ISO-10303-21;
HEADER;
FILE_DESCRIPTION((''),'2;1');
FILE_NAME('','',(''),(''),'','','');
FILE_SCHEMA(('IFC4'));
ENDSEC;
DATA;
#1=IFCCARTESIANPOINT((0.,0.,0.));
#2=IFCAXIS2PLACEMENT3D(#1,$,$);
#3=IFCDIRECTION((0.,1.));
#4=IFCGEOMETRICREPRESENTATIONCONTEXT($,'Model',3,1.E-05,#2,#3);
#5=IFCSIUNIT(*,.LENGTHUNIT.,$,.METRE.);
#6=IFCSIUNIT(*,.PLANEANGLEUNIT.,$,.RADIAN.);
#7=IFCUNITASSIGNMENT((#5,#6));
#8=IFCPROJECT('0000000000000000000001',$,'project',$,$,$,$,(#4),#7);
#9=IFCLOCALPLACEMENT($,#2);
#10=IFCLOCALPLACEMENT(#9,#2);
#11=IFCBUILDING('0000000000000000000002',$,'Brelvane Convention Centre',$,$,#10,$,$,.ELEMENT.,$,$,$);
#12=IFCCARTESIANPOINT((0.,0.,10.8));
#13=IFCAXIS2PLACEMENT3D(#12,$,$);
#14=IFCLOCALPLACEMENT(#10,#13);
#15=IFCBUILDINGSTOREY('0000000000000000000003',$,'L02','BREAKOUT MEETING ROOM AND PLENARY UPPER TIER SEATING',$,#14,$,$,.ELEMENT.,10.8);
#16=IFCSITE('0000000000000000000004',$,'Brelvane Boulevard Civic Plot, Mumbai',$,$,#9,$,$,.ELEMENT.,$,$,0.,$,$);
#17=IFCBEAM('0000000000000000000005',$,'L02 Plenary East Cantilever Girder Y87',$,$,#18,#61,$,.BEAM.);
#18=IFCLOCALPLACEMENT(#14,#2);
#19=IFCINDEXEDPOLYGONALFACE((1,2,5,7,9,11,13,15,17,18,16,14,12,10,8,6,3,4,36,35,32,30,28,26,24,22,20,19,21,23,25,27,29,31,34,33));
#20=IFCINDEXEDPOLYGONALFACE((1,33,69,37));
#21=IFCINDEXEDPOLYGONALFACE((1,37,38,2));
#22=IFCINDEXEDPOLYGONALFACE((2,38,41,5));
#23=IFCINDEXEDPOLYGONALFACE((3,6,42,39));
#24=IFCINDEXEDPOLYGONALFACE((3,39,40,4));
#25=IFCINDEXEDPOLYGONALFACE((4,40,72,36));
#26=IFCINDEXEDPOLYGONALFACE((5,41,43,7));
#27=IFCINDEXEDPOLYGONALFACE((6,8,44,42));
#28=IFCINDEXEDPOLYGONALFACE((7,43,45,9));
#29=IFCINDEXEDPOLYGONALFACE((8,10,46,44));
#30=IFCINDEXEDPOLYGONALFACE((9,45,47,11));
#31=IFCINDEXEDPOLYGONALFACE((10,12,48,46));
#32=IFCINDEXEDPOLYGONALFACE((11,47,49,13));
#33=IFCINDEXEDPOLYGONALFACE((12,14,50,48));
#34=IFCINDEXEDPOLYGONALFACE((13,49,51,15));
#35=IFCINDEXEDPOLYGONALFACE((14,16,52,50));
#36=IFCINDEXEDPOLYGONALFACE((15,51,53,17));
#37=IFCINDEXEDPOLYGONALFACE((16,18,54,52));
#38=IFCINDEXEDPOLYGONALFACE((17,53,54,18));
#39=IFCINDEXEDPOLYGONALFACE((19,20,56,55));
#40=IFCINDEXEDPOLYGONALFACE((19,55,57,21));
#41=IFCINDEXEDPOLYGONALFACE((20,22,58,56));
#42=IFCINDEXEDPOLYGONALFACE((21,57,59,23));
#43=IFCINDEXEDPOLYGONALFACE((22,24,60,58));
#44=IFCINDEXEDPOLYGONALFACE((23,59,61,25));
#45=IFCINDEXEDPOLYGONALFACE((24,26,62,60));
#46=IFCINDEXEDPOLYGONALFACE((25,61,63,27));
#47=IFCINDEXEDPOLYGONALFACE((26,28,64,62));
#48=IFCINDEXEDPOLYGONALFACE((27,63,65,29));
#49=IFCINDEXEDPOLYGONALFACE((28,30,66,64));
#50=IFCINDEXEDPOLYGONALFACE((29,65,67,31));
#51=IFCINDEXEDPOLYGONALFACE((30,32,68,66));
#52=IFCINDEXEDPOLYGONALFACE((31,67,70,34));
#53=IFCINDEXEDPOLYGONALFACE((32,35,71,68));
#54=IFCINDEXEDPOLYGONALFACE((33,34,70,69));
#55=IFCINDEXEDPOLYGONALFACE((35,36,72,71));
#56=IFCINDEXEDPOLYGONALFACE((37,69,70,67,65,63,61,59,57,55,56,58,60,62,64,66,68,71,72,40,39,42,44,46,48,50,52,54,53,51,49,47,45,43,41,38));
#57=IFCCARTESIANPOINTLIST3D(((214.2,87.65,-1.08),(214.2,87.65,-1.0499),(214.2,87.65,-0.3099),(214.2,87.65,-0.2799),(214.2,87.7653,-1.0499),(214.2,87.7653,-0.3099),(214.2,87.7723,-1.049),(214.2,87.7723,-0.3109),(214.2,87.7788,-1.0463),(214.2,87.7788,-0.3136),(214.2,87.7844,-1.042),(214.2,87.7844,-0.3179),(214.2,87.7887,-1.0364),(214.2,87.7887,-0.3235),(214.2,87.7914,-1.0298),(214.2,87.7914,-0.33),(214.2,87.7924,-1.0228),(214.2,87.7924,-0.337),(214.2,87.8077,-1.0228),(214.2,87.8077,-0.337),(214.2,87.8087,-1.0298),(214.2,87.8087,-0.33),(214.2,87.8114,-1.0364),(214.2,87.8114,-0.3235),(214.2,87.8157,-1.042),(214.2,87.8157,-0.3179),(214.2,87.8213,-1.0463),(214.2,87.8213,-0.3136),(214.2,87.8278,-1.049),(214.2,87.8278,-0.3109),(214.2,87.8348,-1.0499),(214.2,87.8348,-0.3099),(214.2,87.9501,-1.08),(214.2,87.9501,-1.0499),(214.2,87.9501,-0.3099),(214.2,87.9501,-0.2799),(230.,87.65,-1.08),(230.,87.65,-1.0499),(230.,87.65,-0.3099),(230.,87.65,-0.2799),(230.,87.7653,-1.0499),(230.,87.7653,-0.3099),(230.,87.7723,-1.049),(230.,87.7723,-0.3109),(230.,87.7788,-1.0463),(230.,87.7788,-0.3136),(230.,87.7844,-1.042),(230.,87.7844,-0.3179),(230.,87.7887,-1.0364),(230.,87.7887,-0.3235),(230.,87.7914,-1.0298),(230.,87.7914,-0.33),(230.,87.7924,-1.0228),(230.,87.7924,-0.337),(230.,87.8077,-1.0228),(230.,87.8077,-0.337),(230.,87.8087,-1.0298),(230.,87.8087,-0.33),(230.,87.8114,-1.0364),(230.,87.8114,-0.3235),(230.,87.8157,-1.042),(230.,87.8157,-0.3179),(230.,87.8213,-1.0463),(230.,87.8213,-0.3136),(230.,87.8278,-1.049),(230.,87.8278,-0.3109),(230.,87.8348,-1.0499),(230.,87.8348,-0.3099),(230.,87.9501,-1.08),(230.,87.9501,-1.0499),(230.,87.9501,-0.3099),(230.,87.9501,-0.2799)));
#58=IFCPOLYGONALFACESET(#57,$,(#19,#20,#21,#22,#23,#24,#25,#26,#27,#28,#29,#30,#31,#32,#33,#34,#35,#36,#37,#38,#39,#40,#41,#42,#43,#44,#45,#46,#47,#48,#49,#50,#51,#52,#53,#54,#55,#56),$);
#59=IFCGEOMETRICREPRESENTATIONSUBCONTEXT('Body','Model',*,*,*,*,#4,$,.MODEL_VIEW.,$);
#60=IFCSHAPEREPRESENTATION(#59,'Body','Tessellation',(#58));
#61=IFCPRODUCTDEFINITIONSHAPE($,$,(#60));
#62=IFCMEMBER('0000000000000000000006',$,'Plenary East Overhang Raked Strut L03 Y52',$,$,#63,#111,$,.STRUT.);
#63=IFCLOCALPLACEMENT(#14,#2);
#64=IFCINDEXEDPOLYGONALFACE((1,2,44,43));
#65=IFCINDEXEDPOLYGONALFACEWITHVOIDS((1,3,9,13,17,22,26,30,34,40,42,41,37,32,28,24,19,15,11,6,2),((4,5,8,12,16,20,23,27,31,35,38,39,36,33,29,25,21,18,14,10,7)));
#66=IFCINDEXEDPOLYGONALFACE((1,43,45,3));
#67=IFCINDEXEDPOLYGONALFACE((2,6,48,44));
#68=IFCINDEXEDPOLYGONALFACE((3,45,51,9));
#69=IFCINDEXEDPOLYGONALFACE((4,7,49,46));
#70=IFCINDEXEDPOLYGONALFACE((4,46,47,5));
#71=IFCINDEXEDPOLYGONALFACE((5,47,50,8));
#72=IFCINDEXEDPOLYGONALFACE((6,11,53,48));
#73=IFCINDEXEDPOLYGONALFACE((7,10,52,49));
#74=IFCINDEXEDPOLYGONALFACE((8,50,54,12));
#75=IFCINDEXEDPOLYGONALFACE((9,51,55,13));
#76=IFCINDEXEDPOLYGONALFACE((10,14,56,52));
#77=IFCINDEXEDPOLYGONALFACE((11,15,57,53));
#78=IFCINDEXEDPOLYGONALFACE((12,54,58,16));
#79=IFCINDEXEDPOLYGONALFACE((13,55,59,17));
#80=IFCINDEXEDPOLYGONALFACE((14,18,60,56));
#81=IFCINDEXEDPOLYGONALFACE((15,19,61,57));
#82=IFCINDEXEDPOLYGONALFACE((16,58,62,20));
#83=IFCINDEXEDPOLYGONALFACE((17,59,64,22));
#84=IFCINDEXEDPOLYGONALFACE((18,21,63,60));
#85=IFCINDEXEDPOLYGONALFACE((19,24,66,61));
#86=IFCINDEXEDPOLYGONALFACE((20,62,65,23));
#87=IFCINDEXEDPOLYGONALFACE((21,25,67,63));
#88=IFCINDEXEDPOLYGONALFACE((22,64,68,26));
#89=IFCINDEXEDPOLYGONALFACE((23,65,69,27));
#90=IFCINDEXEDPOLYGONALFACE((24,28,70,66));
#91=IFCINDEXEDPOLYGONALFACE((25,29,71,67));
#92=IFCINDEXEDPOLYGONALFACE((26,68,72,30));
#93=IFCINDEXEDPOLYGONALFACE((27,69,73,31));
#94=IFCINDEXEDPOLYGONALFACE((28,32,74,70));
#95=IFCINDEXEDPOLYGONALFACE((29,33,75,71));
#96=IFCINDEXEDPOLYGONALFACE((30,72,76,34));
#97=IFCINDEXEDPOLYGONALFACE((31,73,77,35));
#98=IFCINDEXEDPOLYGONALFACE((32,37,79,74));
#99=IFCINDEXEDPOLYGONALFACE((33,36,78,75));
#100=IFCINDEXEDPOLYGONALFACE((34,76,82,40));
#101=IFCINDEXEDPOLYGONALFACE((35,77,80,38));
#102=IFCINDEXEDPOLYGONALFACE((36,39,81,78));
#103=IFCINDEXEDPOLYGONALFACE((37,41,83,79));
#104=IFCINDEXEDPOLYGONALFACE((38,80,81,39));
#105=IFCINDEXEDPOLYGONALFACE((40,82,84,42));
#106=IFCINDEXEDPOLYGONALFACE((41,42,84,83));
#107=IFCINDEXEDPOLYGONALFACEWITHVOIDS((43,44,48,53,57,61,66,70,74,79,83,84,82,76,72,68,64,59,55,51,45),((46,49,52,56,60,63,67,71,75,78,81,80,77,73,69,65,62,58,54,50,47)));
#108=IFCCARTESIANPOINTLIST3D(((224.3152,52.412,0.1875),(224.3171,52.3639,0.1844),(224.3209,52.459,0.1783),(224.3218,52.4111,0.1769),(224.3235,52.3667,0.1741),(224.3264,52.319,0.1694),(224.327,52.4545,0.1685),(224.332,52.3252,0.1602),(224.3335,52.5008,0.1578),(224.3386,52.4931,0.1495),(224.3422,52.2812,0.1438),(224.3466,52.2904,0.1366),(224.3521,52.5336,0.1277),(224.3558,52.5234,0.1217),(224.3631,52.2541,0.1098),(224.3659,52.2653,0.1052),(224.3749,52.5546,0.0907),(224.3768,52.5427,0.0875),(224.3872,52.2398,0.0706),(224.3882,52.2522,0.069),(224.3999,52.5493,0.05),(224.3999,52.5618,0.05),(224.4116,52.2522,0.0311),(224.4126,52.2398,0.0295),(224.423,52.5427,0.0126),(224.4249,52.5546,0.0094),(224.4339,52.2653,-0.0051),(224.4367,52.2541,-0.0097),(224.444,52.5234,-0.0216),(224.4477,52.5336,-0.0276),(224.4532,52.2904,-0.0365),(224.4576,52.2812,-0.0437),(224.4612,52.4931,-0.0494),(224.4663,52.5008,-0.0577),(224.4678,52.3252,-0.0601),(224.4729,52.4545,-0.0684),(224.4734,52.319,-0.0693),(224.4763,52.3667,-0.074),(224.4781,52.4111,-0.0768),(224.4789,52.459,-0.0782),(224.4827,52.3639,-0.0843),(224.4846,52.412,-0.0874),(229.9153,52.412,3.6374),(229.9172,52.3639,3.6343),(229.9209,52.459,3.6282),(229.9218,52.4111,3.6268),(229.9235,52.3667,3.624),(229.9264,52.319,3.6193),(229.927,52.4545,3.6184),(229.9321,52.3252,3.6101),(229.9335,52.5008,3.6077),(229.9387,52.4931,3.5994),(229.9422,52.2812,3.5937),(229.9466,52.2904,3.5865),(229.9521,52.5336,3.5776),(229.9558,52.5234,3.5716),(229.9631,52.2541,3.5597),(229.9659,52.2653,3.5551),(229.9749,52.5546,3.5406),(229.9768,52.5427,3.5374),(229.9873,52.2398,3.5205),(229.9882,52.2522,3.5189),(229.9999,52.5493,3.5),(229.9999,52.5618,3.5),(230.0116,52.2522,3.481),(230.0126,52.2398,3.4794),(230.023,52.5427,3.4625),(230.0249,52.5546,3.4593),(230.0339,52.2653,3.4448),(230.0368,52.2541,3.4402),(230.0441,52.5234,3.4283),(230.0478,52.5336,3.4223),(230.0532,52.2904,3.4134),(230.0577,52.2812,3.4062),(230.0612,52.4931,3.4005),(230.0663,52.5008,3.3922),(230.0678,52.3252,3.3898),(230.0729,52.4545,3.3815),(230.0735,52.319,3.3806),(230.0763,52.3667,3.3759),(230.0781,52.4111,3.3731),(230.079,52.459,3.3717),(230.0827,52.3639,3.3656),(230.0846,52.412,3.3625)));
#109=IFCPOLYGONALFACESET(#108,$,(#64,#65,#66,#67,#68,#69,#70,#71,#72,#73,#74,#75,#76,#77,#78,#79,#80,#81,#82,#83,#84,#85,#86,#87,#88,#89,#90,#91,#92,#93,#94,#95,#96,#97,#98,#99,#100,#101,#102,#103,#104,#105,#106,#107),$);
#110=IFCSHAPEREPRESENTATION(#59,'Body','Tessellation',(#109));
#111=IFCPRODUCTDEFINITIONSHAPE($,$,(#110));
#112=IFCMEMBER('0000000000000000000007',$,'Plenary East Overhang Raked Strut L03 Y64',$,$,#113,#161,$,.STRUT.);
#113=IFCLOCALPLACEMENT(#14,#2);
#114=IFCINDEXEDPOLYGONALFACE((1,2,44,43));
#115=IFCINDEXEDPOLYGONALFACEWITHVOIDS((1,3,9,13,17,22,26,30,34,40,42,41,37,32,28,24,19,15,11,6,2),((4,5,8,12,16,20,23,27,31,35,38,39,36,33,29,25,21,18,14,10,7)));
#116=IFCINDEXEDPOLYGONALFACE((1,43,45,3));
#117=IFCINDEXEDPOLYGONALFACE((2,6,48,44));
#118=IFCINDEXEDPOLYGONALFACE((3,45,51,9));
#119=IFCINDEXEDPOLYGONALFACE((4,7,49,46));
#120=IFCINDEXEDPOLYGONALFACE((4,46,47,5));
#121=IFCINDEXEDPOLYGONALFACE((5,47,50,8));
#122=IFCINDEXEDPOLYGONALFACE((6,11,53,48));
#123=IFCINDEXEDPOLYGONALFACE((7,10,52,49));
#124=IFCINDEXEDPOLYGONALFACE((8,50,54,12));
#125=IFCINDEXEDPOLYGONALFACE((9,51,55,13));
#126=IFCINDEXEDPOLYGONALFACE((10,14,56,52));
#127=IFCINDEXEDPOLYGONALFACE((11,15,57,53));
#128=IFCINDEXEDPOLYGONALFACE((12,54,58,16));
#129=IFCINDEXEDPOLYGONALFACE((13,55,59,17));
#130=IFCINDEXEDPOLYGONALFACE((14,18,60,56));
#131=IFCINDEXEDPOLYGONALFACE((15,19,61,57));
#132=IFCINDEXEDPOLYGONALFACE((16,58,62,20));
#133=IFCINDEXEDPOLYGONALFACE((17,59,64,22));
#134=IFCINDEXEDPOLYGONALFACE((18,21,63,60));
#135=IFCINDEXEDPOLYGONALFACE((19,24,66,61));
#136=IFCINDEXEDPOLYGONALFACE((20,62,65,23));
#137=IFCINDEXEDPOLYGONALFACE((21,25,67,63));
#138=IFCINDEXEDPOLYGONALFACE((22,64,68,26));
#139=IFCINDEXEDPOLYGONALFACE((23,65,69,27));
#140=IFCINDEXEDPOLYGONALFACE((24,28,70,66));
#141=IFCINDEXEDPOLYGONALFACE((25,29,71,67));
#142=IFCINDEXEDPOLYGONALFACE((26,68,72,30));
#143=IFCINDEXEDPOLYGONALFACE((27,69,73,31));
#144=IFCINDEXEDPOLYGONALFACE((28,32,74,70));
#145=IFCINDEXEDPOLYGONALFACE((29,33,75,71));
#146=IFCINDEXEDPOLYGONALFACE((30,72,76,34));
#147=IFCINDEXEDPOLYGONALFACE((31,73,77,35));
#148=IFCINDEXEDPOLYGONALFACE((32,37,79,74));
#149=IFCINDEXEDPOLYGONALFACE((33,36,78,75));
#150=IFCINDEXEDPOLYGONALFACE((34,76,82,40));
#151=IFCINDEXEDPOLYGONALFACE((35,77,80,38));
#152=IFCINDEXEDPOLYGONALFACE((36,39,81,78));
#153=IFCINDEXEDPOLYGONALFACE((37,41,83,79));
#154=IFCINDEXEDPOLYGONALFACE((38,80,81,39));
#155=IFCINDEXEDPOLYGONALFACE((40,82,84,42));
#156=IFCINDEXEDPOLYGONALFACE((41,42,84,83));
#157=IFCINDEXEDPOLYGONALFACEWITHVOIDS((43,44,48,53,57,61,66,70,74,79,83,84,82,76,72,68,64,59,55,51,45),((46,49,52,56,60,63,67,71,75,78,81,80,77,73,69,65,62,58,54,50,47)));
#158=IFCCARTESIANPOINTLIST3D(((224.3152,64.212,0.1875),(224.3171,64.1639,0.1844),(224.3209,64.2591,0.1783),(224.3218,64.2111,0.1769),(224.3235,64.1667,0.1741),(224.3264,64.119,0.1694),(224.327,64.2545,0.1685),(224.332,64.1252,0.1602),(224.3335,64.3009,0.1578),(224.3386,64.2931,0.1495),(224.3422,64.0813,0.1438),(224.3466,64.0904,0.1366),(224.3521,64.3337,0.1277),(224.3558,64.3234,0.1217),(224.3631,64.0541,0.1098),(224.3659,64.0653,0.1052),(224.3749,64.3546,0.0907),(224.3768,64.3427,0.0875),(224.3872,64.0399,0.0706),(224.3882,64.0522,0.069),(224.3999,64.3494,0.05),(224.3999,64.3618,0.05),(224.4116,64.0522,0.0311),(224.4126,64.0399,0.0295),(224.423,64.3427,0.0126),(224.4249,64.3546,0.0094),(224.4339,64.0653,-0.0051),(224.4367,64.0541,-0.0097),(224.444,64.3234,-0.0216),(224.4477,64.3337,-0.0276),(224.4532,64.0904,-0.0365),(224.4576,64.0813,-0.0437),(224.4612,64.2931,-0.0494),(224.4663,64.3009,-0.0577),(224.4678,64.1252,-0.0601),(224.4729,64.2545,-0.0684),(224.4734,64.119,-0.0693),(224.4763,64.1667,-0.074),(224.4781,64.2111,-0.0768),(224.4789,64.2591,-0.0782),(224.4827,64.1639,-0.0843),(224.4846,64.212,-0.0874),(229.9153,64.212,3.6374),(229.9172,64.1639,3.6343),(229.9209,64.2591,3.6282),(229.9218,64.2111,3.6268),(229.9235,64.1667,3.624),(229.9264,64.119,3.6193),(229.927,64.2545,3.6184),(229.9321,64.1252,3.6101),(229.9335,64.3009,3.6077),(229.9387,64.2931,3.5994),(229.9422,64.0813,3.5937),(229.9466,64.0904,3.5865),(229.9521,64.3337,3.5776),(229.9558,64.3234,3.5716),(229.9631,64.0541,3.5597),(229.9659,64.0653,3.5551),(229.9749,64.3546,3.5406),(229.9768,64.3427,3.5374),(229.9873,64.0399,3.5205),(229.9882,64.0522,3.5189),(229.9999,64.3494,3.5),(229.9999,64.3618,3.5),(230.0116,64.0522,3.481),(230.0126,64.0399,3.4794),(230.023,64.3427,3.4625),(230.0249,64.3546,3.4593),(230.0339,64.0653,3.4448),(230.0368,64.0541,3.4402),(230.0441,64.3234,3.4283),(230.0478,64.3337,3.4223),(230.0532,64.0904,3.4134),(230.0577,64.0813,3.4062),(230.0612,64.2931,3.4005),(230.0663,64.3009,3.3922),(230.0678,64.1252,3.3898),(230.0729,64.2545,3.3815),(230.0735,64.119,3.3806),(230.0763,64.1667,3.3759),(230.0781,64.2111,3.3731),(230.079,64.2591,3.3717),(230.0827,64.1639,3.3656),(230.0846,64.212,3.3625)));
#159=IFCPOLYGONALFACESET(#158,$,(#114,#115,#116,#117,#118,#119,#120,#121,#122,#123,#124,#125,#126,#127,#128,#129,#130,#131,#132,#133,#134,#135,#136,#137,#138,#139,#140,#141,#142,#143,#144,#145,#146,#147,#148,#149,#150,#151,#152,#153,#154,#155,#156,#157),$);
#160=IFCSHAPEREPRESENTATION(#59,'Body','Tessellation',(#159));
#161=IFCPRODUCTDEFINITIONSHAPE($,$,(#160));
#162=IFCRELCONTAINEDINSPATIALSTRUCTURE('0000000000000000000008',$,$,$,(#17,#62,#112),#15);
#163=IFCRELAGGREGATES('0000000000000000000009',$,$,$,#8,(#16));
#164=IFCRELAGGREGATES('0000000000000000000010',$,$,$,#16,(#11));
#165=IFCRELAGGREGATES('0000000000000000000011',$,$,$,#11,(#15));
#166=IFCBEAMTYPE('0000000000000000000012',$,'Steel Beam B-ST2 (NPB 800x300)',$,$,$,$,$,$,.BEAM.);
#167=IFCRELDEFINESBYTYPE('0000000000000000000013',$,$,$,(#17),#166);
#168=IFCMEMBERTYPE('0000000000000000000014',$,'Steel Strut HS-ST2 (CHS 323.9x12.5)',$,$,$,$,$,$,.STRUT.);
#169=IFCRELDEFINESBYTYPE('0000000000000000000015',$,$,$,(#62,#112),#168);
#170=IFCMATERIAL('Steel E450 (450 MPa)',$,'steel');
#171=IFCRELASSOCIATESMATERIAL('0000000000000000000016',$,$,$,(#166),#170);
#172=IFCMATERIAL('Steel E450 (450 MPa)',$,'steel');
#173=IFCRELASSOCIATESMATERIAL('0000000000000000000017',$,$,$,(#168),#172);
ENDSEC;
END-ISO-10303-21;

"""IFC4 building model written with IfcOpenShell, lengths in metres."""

from ifc_helpers import new_model, si_unit, direction, frame, origin, origin_2d, place, context, subcontext, project, spatial, hollow_circle, i_section, extrude, material, material_profile, profile_set, type_object, element, save


model = new_model("IFC4")

# Units and contexts
model_context = context("Model", 3, precision=1e-05, world=origin(), true_north=direction((0.0, 1.0)))
body_context = subcontext(model_context, "Body", "Model", "MODEL_VIEW")
ifc_project = project(units=[si_unit("LENGTHUNIT", "METRE"), si_unit("PLANEANGLEUNIT", "RADIAN")], contexts=[model_context])

# Site, building, storey
site_placement = place(None, origin())
site = spatial("IfcSite", under=ifc_project, at=site_placement, Name="Brelvane Boulevard Civic Plot, Mumbai", CompositionType="ELEMENT", RefElevation=0.0)
building_placement = place(site_placement, origin())
building = spatial("IfcBuilding", under=site, at=building_placement, Name="Brelvane Convention Centre", CompositionType="ELEMENT")
storey_placement = place(building_placement, frame((0.0, 0.0, 10.8)))
storey = spatial("IfcBuildingStorey", under=building, at=storey_placement, Name="L02", Description="BREAKOUT MEETING ROOM AND PLENARY UPPER TIER SEATING", CompositionType="ELEMENT", Elevation=10.8)

# Beam
ifc_material_1 = material(Name="Steel E450 (450 MPa)", Category="steel")
ifc_material_profile_1 = material_profile(ifc_material_1, i_section(OverallWidth=0.3, OverallDepth=0.8, WebThickness=0.0154, FlangeThickness=0.03, FilletRadius=0.0271, at=origin_2d()), Name="NPB 800x300")
ifc_profile_set_1 = profile_set([ifc_material_profile_1], Name="Steel E450 (450 MPa)")
beam_type_1 = type_object("IfcBeamType", Name="Steel Beam B-ST2 (NPB 800x300)", PredefinedType="BEAM", material=ifc_profile_set_1)
for number, where, z_axis, x_axis, name in (
    (1, (214.2, 87.8, -0.6799), (1.0, 0.0, 0.0), (0.0, 1.0, 0.0), "L02 Plenary East Cantilever Girder Y87"),
):
    element("IfcBeam", number, at=place(storey_placement, frame(where, z_axis=z_axis, x_axis=x_axis)), inside=storey, type_object=beam_type_1, Name=name, PredefinedType="BEAM", context=body_context, shape_type="SweptSolid", body=[
        extrude(i_section(OverallWidth=0.3, OverallDepth=0.8, WebThickness=0.0154, FlangeThickness=0.03, FilletRadius=0.0271, at=origin_2d()), origin(), (0.0, 0.0, 1.0), 15.8),
    ])

# Members
ifc_material_2 = material(Name="Steel E450 (450 MPa)", Category="steel")
ifc_material_profile_2 = material_profile(ifc_material_2, hollow_circle(Radius=0.1619, WallThickness=0.0125, at=origin_2d()), Name="CHS 323.9x12.5")
ifc_profile_set_2 = profile_set([ifc_material_profile_2], Name="Steel E450 (450 MPa)")
member_type = type_object("IfcMemberType", Name="Steel Strut HS-ST2 (CHS 323.9x12.5)", PredefinedType="STRUT", material=ifc_profile_set_2)
for number, where, z_axis, x_axis, name in (
    (2, (224.3999, 52.3999, 0.05), (0.851405, 0.0, 0.524509), (0.0, 1.0, 0.0), "Plenary East Overhang Raked Strut L03 Y52"),
    (3, (224.3999, 64.2, 0.05), (0.851405, 0.0, 0.524509), (0.0, 1.0, 0.0), "Plenary East Overhang Raked Strut L03 Y64"),
):
    element("IfcMember", number, at=place(storey_placement, frame(where, z_axis=z_axis, x_axis=x_axis)), inside=storey, type_object=member_type, Name=name, PredefinedType="STRUT", context=body_context, shape_type="SweptSolid", body=[
        extrude(hollow_circle(Radius=0.1619, WallThickness=0.0125, at=origin_2d()), origin(), (0.0, 0.0, 1.0), 6.5774),
    ])

save(model, "model.ifc")
